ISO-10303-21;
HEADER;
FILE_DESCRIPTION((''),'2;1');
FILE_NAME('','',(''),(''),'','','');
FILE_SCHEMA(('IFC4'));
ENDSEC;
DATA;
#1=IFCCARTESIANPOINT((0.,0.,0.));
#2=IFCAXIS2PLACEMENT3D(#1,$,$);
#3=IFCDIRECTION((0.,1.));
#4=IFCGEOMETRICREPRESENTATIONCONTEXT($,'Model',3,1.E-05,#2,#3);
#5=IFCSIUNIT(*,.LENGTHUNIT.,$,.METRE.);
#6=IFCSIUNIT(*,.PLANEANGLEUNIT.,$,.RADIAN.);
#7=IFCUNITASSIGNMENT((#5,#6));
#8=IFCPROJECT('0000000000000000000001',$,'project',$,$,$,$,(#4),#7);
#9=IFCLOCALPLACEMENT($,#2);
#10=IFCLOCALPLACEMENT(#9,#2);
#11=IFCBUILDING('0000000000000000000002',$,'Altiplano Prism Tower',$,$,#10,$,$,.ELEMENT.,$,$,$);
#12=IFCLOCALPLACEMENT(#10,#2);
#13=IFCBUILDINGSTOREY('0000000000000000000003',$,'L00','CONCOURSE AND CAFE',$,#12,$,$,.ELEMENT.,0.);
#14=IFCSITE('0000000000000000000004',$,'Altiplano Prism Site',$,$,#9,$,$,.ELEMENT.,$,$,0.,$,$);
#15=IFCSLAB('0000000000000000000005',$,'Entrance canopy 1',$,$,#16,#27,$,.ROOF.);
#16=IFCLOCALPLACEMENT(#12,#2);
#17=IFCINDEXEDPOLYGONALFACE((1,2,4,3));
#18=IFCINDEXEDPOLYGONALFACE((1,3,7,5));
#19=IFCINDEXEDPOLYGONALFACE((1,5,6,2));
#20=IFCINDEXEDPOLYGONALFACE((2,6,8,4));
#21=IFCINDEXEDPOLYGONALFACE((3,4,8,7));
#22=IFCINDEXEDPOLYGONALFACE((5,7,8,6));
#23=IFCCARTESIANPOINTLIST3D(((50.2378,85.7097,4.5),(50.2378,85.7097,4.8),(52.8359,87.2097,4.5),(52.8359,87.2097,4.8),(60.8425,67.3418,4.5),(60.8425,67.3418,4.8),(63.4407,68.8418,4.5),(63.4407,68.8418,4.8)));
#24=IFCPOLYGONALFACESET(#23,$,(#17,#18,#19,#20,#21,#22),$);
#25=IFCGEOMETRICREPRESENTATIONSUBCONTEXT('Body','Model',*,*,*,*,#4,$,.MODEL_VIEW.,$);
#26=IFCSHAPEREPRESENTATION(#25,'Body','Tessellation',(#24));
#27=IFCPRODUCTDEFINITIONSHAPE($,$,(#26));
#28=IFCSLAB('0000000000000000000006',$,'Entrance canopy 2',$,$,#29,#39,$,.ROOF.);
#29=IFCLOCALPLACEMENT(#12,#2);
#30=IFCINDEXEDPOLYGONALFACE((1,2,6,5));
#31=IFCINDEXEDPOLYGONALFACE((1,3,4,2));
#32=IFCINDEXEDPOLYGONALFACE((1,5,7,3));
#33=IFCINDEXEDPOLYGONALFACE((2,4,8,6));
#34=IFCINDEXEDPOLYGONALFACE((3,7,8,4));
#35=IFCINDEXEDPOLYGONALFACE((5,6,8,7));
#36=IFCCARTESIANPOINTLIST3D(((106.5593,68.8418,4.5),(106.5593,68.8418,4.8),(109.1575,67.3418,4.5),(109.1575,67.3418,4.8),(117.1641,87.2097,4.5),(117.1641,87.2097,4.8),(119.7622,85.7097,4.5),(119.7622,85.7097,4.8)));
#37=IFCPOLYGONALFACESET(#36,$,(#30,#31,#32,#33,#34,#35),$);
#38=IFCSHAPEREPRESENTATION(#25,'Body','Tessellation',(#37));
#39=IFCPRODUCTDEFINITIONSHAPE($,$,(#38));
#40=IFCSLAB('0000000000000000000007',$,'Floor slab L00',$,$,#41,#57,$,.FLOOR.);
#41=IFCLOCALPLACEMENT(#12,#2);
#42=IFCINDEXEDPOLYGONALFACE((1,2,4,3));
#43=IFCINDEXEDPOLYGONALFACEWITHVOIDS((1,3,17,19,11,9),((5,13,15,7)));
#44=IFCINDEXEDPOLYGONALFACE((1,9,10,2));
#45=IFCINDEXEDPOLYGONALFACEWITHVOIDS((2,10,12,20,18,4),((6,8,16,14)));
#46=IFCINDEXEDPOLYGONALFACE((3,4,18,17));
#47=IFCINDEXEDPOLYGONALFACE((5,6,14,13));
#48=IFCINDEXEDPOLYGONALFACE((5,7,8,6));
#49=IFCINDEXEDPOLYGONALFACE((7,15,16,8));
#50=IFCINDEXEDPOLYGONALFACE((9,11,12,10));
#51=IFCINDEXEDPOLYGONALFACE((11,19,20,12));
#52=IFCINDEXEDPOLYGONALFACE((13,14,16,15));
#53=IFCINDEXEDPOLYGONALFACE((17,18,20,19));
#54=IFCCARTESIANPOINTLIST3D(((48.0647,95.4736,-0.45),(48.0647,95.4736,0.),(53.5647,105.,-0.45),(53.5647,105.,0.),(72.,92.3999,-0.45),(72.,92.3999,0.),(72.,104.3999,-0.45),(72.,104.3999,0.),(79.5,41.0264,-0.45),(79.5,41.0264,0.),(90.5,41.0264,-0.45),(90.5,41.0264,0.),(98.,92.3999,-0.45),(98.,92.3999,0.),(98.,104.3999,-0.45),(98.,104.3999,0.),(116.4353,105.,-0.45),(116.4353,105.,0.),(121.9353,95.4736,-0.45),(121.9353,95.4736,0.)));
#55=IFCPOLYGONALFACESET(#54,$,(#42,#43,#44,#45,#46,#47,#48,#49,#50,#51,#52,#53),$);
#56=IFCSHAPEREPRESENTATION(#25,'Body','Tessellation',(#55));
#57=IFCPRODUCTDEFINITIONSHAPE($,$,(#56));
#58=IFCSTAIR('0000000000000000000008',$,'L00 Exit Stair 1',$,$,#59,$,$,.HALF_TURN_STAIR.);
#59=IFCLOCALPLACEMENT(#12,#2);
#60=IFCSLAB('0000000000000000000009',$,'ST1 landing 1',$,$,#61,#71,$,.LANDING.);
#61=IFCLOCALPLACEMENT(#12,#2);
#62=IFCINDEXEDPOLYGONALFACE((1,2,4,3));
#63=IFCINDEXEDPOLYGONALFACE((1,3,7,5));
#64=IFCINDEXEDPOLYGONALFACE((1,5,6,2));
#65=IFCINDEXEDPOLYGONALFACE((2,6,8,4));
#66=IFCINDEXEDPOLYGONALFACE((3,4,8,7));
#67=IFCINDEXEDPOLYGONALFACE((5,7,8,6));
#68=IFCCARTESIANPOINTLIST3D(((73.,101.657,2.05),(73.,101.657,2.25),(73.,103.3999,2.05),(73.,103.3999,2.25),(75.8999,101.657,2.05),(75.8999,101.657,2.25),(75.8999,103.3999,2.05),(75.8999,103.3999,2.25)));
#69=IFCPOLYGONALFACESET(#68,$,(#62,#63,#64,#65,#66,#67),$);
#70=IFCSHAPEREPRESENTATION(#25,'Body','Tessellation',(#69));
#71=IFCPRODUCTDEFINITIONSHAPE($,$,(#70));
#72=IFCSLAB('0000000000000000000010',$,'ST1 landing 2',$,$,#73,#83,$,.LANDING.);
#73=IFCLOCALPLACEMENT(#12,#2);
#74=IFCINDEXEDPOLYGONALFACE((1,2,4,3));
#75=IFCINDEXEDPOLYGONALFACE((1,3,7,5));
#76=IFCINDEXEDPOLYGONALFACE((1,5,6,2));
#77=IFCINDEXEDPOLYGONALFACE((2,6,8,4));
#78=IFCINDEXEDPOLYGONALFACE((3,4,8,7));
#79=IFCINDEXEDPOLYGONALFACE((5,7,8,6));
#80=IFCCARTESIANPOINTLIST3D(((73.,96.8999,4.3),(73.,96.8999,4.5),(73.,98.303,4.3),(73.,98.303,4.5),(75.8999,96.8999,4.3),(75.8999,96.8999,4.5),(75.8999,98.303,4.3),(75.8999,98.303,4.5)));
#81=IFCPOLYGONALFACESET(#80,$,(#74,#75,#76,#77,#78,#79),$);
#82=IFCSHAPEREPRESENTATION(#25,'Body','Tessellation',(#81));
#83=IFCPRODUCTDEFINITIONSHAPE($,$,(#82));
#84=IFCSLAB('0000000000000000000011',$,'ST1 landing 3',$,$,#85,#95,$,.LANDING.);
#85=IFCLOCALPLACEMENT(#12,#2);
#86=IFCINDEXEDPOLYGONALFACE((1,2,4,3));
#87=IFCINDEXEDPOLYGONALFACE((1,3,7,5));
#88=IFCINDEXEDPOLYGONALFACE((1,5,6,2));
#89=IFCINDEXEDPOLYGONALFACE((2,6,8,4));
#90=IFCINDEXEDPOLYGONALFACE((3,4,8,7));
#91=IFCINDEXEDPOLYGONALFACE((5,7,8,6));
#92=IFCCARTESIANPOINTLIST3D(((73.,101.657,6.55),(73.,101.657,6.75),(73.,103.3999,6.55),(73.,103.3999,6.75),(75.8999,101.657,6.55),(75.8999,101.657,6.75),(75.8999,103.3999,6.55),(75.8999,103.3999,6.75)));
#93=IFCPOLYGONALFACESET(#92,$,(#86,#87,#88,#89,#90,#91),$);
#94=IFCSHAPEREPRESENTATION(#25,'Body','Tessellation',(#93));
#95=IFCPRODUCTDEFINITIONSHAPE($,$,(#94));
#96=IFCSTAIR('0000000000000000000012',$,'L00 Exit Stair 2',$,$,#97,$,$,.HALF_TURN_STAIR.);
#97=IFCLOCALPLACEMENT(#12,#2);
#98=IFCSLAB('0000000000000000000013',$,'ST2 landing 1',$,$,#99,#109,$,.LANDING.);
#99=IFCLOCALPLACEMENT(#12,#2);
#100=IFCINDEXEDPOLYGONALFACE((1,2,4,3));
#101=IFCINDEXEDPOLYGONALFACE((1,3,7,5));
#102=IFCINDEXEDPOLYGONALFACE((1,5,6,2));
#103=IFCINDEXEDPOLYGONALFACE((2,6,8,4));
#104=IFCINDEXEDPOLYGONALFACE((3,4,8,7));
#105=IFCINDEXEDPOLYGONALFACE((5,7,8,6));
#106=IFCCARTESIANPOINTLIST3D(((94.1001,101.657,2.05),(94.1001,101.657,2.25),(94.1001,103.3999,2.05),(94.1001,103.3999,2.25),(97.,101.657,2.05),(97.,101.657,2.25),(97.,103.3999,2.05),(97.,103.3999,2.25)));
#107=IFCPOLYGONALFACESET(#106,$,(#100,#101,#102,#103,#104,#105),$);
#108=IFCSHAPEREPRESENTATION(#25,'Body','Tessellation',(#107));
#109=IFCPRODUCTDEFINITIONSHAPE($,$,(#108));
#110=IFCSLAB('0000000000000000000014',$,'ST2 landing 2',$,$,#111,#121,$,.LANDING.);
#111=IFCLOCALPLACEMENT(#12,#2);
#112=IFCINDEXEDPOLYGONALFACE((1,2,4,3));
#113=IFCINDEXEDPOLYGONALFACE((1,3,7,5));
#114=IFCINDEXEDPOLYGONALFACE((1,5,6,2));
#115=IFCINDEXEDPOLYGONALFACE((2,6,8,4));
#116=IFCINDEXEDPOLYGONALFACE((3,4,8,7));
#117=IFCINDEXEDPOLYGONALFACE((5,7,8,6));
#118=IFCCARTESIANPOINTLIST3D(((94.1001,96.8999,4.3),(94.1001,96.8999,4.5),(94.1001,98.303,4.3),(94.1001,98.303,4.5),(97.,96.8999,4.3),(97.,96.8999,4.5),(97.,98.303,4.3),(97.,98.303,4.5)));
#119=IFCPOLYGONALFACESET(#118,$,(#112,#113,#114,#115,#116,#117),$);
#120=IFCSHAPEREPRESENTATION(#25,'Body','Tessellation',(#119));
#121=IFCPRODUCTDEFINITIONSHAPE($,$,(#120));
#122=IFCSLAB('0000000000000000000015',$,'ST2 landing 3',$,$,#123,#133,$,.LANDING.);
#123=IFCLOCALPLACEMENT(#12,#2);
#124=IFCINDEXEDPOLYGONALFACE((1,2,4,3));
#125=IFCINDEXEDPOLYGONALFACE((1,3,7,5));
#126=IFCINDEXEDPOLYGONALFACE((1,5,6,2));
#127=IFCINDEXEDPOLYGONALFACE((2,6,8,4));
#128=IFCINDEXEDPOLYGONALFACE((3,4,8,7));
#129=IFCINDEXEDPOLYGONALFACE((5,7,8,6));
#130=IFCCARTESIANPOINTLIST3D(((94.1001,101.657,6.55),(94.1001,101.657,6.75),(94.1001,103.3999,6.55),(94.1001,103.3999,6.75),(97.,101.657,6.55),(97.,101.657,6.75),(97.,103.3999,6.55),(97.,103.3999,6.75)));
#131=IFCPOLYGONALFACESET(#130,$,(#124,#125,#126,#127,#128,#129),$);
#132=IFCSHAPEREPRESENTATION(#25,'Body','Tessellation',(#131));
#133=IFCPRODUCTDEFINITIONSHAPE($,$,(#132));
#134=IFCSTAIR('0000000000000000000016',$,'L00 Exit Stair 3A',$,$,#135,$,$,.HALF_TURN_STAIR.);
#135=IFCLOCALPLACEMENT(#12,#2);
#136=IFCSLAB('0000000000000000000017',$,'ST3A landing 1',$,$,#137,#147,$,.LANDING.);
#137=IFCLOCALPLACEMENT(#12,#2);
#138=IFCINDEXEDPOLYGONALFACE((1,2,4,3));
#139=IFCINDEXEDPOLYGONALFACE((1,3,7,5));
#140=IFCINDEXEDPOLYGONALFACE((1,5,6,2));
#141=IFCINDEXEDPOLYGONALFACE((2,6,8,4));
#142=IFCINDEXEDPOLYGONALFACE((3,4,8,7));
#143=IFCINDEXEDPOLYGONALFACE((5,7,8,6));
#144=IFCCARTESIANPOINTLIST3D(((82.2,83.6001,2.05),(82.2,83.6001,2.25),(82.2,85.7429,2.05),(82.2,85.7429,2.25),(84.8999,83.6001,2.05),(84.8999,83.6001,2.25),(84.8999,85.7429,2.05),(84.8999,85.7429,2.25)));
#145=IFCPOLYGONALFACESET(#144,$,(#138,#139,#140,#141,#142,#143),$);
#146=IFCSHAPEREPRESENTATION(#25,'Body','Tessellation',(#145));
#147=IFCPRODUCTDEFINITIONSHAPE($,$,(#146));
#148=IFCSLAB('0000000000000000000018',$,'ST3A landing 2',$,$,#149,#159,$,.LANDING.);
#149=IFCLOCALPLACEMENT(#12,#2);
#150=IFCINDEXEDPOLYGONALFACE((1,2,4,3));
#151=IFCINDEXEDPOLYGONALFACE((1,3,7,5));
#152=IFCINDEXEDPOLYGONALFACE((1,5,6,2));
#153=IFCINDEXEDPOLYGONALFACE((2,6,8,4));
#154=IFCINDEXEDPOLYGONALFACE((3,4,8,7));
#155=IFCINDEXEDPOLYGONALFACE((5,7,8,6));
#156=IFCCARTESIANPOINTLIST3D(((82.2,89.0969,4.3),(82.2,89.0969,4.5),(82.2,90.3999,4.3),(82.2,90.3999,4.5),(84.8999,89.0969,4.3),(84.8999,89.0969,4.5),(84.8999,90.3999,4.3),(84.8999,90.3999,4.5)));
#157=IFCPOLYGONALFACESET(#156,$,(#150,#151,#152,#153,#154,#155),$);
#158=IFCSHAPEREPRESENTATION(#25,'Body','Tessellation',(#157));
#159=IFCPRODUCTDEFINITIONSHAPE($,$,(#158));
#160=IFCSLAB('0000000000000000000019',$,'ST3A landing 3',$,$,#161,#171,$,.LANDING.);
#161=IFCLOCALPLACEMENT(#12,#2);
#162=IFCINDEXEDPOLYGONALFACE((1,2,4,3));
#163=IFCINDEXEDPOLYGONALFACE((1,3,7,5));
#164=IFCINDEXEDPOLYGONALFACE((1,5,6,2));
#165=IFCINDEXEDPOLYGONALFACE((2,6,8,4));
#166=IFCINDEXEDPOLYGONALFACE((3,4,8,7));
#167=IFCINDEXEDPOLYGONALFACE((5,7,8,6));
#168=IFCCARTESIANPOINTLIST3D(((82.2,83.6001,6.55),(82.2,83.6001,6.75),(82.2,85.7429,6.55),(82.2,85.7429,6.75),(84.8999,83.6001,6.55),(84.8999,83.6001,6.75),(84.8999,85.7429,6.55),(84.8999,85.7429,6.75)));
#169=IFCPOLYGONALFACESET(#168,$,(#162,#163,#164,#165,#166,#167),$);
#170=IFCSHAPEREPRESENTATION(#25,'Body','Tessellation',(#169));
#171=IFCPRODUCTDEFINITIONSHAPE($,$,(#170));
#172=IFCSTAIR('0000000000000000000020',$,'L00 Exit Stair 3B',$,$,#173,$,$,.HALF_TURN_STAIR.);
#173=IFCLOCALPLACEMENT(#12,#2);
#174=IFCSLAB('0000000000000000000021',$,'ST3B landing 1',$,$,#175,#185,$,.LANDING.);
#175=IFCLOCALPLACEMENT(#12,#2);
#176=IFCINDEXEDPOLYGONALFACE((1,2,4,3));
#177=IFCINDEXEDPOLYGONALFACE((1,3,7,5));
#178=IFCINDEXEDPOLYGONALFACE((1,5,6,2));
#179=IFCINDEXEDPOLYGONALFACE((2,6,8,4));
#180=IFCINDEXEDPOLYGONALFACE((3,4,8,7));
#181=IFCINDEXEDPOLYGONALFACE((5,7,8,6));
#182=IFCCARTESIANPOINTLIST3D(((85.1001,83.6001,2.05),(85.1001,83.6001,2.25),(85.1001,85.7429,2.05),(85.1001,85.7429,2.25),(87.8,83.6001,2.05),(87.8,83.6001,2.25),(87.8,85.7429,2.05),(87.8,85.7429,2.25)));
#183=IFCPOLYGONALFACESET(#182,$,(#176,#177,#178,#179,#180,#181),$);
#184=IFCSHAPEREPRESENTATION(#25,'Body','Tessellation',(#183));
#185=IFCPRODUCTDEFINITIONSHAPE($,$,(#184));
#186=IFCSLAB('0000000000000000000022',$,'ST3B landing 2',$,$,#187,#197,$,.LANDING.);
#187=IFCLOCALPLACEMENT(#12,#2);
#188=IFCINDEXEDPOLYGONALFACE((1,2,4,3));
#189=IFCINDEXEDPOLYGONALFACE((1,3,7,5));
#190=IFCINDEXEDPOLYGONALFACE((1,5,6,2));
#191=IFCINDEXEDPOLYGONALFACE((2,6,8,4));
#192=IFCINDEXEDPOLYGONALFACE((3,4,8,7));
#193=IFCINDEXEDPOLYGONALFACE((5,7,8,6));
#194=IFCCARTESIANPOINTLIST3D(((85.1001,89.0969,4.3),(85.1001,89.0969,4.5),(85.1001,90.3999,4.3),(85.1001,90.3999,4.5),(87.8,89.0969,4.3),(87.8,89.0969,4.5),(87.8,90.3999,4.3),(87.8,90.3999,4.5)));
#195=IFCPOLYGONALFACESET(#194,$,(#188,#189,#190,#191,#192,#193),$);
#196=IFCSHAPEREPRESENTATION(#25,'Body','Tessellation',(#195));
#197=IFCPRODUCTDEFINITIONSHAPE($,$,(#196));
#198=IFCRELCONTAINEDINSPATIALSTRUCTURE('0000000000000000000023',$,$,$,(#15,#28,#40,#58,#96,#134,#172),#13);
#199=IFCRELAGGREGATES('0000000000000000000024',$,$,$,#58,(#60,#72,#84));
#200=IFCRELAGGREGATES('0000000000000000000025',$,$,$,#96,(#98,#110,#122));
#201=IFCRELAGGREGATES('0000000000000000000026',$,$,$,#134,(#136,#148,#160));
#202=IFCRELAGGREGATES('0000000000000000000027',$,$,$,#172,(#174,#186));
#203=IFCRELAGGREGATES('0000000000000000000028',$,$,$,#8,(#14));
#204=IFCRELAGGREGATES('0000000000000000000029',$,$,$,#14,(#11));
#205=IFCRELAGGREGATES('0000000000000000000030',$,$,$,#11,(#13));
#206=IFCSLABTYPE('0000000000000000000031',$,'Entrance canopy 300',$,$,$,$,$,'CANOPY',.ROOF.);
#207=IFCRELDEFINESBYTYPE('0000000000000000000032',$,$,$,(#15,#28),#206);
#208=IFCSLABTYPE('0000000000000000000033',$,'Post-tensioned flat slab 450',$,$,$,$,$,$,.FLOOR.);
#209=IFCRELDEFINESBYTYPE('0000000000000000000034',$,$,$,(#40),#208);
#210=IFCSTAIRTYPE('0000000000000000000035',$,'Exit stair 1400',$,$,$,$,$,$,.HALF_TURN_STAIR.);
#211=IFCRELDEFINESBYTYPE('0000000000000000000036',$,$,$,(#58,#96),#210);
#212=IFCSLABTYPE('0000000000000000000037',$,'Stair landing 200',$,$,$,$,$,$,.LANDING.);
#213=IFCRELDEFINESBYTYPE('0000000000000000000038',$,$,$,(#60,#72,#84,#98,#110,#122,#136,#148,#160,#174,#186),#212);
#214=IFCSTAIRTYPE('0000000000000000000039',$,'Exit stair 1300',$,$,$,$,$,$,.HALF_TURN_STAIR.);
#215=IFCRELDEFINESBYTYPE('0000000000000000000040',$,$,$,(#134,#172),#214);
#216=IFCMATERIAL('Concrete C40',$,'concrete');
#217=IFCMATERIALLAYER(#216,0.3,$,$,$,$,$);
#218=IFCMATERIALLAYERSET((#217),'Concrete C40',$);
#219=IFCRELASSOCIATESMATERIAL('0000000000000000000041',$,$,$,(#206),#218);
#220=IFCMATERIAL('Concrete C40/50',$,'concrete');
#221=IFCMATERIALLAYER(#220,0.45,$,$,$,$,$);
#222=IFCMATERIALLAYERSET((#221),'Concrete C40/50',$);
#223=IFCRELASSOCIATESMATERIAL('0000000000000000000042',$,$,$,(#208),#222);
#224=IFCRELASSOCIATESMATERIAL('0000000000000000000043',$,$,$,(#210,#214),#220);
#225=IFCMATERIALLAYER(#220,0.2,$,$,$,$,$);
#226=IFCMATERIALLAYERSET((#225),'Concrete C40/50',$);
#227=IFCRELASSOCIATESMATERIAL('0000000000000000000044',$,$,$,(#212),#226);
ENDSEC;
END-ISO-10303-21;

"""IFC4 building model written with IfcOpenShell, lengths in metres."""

from ifc_helpers import new_model, si_unit, direction, frame, origin, place, context, subcontext, project, spatial, polyline, outline, extrude, material, layer, layer_set, type_object, element, aggregate, save


model = new_model("IFC4")

# Units and contexts
model_context = context("Model", 3, precision=1e-05, world=origin(), true_north=direction((0.0, 1.0)))
body_context = subcontext(model_context, "Body", "Model", "MODEL_VIEW")
ifc_project = project(units=[si_unit("LENGTHUNIT", "METRE"), si_unit("PLANEANGLEUNIT", "RADIAN")], contexts=[model_context])

# Site, building, storey
site_placement = place(None, origin())
site = spatial("IfcSite", under=ifc_project, at=site_placement, Name="Altiplano Prism Site", CompositionType="ELEMENT", RefElevation=0.0)
building_placement = place(site_placement, origin())
building = spatial("IfcBuilding", under=site, at=building_placement, Name="Altiplano Prism Tower", CompositionType="ELEMENT")
storey_placement = place(building_placement, origin())
storey = spatial("IfcBuildingStorey", under=building, at=storey_placement, Name="L00", Description="CONCOURSE AND CAFE", CompositionType="ELEMENT", Elevation=0.0)

# Slabs
ifc_material_1 = material(Name="Concrete C40", Category="concrete")
ifc_layer_1 = layer(ifc_material_1, 0.3)
ifc_layer_set_1 = layer_set([ifc_layer_1], Name="Concrete C40")
slab_type_1 = type_object("IfcSlabType", Name="Entrance canopy 300", ElementType="CANOPY", PredefinedType="ROOF", material=ifc_layer_set_1)
slab_1_placement = place(storey_placement, frame((0.0, 0.0, 4.5)))
element("IfcSlab", 1, at=slab_1_placement, inside=storey, type_object=slab_type_1, Name="Entrance canopy 1", PredefinedType="ROOF", context=body_context, shape_type="SweptSolid", body=[
    extrude(outline(polyline([(52.8359, 87.2097), (63.4407, 68.8418), (60.8425, 67.3418), (50.2378, 85.7097), (52.8359, 87.2097)])), origin(), (0.0, 0.0, 1.0), 0.3),
])
slab_2_placement = place(storey_placement, frame((0.0, 0.0, 4.5)))
element("IfcSlab", 2, at=slab_2_placement, inside=storey, type_object=slab_type_1, Name="Entrance canopy 2", PredefinedType="ROOF", context=body_context, shape_type="SweptSolid", body=[
    extrude(outline(polyline([(106.5593, 68.8418), (117.1641, 87.2097), (119.7622, 85.7097), (109.1575, 67.3418), (106.5593, 68.8418)])), origin(), (0.0, 0.0, 1.0), 0.3),
])
ifc_material_2 = material(Name="Concrete C40/50", Category="concrete")
ifc_layer_2 = layer(ifc_material_2, 0.45)
ifc_layer_set_2 = layer_set([ifc_layer_2], Name="Concrete C40/50")
slab_type_2 = type_object("IfcSlabType", Name="Post-tensioned flat slab 450", PredefinedType="FLOOR", material=ifc_layer_set_2)
slab_3_placement = place(storey_placement, frame((0.0, 0.0, -0.45)))
element("IfcSlab", 3, at=slab_3_placement, inside=storey, type_object=slab_type_2, Name="Floor slab L00", PredefinedType="FLOOR", context=body_context, shape_type="SweptSolid", body=[
    extrude(outline(polyline([(121.9353, 95.4736), (90.5, 41.0264), (79.5, 41.0264), (48.0647, 95.4736), (53.5647, 105.0), (116.4353, 105.0), (121.9353, 95.4736)]), holes=[polyline([(98.0, 92.3999), (98.0, 104.3999), (72.0, 104.3999), (72.0, 92.3999), (98.0, 92.3999)])]), origin(), (0.0, 0.0, 1.0), 0.45),
])

# Stairs, slabs
stair_type_1 = type_object("IfcStairType", Name="Exit stair 1400", PredefinedType="HALF_TURN_STAIR", material=ifc_material_2)
stair_1_placement = place(storey_placement, origin())
stair_1 = element("IfcStair", 4, at=stair_1_placement, inside=storey, type_object=stair_type_1, Name="L00 Exit Stair 1", PredefinedType="HALF_TURN_STAIR")
ifc_layer_3 = layer(ifc_material_2, 0.2)
ifc_layer_set_3 = layer_set([ifc_layer_3], Name="Concrete C40/50")
slab_type_3 = type_object("IfcSlabType", Name="Stair landing 200", PredefinedType="LANDING", material=ifc_layer_set_3)
slab_4_placement = place(storey_placement, frame((0.0, 0.0, 2.05)))
slab_4 = element("IfcSlab", 5, at=slab_4_placement, type_object=slab_type_3, Name="ST1 landing 1", PredefinedType="LANDING", context=body_context, shape_type="SweptSolid", body=[
    extrude(outline(polyline([(75.8999, 101.657), (75.8999, 103.3999), (73.0, 103.3999), (73.0, 101.657), (75.8999, 101.657)])), origin(), (0.0, 0.0, 1.0), 0.2),
])
slab_5_placement = place(storey_placement, frame((0.0, 0.0, 4.3)))
slab_5 = element("IfcSlab", 6, at=slab_5_placement, type_object=slab_type_3, Name="ST1 landing 2", PredefinedType="LANDING", context=body_context, shape_type="SweptSolid", body=[
    extrude(outline(polyline([(75.8999, 96.8999), (75.8999, 98.303), (73.0, 98.303), (73.0, 96.8999), (75.8999, 96.8999)])), origin(), (0.0, 0.0, 1.0), 0.2),
])
slab_6_placement = place(storey_placement, frame((0.0, 0.0, 6.55)))
slab_6 = element("IfcSlab", 7, at=slab_6_placement, type_object=slab_type_3, Name="ST1 landing 3", PredefinedType="LANDING", context=body_context, shape_type="SweptSolid", body=[
    extrude(outline(polyline([(75.8999, 101.657), (75.8999, 103.3999), (73.0, 103.3999), (73.0, 101.657), (75.8999, 101.657)])), origin(), (0.0, 0.0, 1.0), 0.2),
])
aggregate(stair_1, [slab_4, slab_5, slab_6])
stair_2_placement = place(storey_placement, origin())
stair_2 = element("IfcStair", 8, at=stair_2_placement, inside=storey, type_object=stair_type_1, Name="L00 Exit Stair 2", PredefinedType="HALF_TURN_STAIR")
slab_7_placement = place(storey_placement, frame((0.0, 0.0, 2.05)))
slab_7 = element("IfcSlab", 9, at=slab_7_placement, type_object=slab_type_3, Name="ST2 landing 1", PredefinedType="LANDING", context=body_context, shape_type="SweptSolid", body=[
    extrude(outline(polyline([(97.0, 101.657), (97.0, 103.3999), (94.1001, 103.3999), (94.1001, 101.657), (97.0, 101.657)])), origin(), (0.0, 0.0, 1.0), 0.2),
])
slab_8_placement = place(storey_placement, frame((0.0, 0.0, 4.3)))
slab_8 = element("IfcSlab", 10, at=slab_8_placement, type_object=slab_type_3, Name="ST2 landing 2", PredefinedType="LANDING", context=body_context, shape_type="SweptSolid", body=[
    extrude(outline(polyline([(97.0, 96.8999), (97.0, 98.303), (94.1001, 98.303), (94.1001, 96.8999), (97.0, 96.8999)])), origin(), (0.0, 0.0, 1.0), 0.2),
])
slab_9_placement = place(storey_placement, frame((0.0, 0.0, 6.55)))
slab_9 = element("IfcSlab", 11, at=slab_9_placement, type_object=slab_type_3, Name="ST2 landing 3", PredefinedType="LANDING", context=body_context, shape_type="SweptSolid", body=[
    extrude(outline(polyline([(97.0, 101.657), (97.0, 103.3999), (94.1001, 103.3999), (94.1001, 101.657), (97.0, 101.657)])), origin(), (0.0, 0.0, 1.0), 0.2),
])
aggregate(stair_2, [slab_7, slab_8, slab_9])
stair_type_2 = type_object("IfcStairType", Name="Exit stair 1300", PredefinedType="HALF_TURN_STAIR", material=ifc_material_2)
stair_3_placement = place(storey_placement, origin())
stair_3 = element("IfcStair", 12, at=stair_3_placement, inside=storey, type_object=stair_type_2, Name="L00 Exit Stair 3A", PredefinedType="HALF_TURN_STAIR")
slab_10_placement = place(storey_placement, frame((0.0, 0.0, 2.05)))
slab_10 = element("IfcSlab", 13, at=slab_10_placement, type_object=slab_type_3, Name="ST3A landing 1", PredefinedType="LANDING", context=body_context, shape_type="SweptSolid", body=[
    extrude(outline(polyline([(82.2, 85.7429), (82.2, 83.6001), (84.8999, 83.6001), (84.8999, 85.7429), (82.2, 85.7429)])), origin(), (0.0, 0.0, 1.0), 0.2),
])
slab_11_placement = place(storey_placement, frame((0.0, 0.0, 4.3)))
slab_11 = element("IfcSlab", 14, at=slab_11_placement, type_object=slab_type_3, Name="ST3A landing 2", PredefinedType="LANDING", context=body_context, shape_type="SweptSolid", body=[
    extrude(outline(polyline([(82.2, 90.3999), (82.2, 89.0969), (84.8999, 89.0969), (84.8999, 90.3999), (82.2, 90.3999)])), origin(), (0.0, 0.0, 1.0), 0.2),
])
slab_12_placement = place(storey_placement, frame((0.0, 0.0, 6.55)))
slab_12 = element("IfcSlab", 15, at=slab_12_placement, type_object=slab_type_3, Name="ST3A landing 3", PredefinedType="LANDING", context=body_context, shape_type="SweptSolid", body=[
    extrude(outline(polyline([(82.2, 85.7429), (82.2, 83.6001), (84.8999, 83.6001), (84.8999, 85.7429), (82.2, 85.7429)])), origin(), (0.0, 0.0, 1.0), 0.2),
])
aggregate(stair_3, [slab_10, slab_11, slab_12])
stair_4_placement = place(storey_placement, origin())
stair_4 = element("IfcStair", 16, at=stair_4_placement, inside=storey, type_object=stair_type_2, Name="L00 Exit Stair 3B", PredefinedType="HALF_TURN_STAIR")
slab_13_placement = place(storey_placement, frame((0.0, 0.0, 2.05)))
slab_13 = element("IfcSlab", 17, at=slab_13_placement, type_object=slab_type_3, Name="ST3B landing 1", PredefinedType="LANDING", context=body_context, shape_type="SweptSolid", body=[
    extrude(outline(polyline([(85.1001, 85.7429), (85.1001, 83.6001), (87.8, 83.6001), (87.8, 85.7429), (85.1001, 85.7429)])), origin(), (0.0, 0.0, 1.0), 0.2),
])
slab_14_placement = place(storey_placement, frame((0.0, 0.0, 4.3)))
slab_14 = element("IfcSlab", 18, at=slab_14_placement, type_object=slab_type_3, Name="ST3B landing 2", PredefinedType="LANDING", context=body_context, shape_type="SweptSolid", body=[
    extrude(outline(polyline([(85.1001, 90.3999), (85.1001, 89.0969), (87.8, 89.0969), (87.8, 90.3999), (85.1001, 90.3999)])), origin(), (0.0, 0.0, 1.0), 0.2),
])
aggregate(stair_4, [slab_13, slab_14])

save(model, "model.ifc")
